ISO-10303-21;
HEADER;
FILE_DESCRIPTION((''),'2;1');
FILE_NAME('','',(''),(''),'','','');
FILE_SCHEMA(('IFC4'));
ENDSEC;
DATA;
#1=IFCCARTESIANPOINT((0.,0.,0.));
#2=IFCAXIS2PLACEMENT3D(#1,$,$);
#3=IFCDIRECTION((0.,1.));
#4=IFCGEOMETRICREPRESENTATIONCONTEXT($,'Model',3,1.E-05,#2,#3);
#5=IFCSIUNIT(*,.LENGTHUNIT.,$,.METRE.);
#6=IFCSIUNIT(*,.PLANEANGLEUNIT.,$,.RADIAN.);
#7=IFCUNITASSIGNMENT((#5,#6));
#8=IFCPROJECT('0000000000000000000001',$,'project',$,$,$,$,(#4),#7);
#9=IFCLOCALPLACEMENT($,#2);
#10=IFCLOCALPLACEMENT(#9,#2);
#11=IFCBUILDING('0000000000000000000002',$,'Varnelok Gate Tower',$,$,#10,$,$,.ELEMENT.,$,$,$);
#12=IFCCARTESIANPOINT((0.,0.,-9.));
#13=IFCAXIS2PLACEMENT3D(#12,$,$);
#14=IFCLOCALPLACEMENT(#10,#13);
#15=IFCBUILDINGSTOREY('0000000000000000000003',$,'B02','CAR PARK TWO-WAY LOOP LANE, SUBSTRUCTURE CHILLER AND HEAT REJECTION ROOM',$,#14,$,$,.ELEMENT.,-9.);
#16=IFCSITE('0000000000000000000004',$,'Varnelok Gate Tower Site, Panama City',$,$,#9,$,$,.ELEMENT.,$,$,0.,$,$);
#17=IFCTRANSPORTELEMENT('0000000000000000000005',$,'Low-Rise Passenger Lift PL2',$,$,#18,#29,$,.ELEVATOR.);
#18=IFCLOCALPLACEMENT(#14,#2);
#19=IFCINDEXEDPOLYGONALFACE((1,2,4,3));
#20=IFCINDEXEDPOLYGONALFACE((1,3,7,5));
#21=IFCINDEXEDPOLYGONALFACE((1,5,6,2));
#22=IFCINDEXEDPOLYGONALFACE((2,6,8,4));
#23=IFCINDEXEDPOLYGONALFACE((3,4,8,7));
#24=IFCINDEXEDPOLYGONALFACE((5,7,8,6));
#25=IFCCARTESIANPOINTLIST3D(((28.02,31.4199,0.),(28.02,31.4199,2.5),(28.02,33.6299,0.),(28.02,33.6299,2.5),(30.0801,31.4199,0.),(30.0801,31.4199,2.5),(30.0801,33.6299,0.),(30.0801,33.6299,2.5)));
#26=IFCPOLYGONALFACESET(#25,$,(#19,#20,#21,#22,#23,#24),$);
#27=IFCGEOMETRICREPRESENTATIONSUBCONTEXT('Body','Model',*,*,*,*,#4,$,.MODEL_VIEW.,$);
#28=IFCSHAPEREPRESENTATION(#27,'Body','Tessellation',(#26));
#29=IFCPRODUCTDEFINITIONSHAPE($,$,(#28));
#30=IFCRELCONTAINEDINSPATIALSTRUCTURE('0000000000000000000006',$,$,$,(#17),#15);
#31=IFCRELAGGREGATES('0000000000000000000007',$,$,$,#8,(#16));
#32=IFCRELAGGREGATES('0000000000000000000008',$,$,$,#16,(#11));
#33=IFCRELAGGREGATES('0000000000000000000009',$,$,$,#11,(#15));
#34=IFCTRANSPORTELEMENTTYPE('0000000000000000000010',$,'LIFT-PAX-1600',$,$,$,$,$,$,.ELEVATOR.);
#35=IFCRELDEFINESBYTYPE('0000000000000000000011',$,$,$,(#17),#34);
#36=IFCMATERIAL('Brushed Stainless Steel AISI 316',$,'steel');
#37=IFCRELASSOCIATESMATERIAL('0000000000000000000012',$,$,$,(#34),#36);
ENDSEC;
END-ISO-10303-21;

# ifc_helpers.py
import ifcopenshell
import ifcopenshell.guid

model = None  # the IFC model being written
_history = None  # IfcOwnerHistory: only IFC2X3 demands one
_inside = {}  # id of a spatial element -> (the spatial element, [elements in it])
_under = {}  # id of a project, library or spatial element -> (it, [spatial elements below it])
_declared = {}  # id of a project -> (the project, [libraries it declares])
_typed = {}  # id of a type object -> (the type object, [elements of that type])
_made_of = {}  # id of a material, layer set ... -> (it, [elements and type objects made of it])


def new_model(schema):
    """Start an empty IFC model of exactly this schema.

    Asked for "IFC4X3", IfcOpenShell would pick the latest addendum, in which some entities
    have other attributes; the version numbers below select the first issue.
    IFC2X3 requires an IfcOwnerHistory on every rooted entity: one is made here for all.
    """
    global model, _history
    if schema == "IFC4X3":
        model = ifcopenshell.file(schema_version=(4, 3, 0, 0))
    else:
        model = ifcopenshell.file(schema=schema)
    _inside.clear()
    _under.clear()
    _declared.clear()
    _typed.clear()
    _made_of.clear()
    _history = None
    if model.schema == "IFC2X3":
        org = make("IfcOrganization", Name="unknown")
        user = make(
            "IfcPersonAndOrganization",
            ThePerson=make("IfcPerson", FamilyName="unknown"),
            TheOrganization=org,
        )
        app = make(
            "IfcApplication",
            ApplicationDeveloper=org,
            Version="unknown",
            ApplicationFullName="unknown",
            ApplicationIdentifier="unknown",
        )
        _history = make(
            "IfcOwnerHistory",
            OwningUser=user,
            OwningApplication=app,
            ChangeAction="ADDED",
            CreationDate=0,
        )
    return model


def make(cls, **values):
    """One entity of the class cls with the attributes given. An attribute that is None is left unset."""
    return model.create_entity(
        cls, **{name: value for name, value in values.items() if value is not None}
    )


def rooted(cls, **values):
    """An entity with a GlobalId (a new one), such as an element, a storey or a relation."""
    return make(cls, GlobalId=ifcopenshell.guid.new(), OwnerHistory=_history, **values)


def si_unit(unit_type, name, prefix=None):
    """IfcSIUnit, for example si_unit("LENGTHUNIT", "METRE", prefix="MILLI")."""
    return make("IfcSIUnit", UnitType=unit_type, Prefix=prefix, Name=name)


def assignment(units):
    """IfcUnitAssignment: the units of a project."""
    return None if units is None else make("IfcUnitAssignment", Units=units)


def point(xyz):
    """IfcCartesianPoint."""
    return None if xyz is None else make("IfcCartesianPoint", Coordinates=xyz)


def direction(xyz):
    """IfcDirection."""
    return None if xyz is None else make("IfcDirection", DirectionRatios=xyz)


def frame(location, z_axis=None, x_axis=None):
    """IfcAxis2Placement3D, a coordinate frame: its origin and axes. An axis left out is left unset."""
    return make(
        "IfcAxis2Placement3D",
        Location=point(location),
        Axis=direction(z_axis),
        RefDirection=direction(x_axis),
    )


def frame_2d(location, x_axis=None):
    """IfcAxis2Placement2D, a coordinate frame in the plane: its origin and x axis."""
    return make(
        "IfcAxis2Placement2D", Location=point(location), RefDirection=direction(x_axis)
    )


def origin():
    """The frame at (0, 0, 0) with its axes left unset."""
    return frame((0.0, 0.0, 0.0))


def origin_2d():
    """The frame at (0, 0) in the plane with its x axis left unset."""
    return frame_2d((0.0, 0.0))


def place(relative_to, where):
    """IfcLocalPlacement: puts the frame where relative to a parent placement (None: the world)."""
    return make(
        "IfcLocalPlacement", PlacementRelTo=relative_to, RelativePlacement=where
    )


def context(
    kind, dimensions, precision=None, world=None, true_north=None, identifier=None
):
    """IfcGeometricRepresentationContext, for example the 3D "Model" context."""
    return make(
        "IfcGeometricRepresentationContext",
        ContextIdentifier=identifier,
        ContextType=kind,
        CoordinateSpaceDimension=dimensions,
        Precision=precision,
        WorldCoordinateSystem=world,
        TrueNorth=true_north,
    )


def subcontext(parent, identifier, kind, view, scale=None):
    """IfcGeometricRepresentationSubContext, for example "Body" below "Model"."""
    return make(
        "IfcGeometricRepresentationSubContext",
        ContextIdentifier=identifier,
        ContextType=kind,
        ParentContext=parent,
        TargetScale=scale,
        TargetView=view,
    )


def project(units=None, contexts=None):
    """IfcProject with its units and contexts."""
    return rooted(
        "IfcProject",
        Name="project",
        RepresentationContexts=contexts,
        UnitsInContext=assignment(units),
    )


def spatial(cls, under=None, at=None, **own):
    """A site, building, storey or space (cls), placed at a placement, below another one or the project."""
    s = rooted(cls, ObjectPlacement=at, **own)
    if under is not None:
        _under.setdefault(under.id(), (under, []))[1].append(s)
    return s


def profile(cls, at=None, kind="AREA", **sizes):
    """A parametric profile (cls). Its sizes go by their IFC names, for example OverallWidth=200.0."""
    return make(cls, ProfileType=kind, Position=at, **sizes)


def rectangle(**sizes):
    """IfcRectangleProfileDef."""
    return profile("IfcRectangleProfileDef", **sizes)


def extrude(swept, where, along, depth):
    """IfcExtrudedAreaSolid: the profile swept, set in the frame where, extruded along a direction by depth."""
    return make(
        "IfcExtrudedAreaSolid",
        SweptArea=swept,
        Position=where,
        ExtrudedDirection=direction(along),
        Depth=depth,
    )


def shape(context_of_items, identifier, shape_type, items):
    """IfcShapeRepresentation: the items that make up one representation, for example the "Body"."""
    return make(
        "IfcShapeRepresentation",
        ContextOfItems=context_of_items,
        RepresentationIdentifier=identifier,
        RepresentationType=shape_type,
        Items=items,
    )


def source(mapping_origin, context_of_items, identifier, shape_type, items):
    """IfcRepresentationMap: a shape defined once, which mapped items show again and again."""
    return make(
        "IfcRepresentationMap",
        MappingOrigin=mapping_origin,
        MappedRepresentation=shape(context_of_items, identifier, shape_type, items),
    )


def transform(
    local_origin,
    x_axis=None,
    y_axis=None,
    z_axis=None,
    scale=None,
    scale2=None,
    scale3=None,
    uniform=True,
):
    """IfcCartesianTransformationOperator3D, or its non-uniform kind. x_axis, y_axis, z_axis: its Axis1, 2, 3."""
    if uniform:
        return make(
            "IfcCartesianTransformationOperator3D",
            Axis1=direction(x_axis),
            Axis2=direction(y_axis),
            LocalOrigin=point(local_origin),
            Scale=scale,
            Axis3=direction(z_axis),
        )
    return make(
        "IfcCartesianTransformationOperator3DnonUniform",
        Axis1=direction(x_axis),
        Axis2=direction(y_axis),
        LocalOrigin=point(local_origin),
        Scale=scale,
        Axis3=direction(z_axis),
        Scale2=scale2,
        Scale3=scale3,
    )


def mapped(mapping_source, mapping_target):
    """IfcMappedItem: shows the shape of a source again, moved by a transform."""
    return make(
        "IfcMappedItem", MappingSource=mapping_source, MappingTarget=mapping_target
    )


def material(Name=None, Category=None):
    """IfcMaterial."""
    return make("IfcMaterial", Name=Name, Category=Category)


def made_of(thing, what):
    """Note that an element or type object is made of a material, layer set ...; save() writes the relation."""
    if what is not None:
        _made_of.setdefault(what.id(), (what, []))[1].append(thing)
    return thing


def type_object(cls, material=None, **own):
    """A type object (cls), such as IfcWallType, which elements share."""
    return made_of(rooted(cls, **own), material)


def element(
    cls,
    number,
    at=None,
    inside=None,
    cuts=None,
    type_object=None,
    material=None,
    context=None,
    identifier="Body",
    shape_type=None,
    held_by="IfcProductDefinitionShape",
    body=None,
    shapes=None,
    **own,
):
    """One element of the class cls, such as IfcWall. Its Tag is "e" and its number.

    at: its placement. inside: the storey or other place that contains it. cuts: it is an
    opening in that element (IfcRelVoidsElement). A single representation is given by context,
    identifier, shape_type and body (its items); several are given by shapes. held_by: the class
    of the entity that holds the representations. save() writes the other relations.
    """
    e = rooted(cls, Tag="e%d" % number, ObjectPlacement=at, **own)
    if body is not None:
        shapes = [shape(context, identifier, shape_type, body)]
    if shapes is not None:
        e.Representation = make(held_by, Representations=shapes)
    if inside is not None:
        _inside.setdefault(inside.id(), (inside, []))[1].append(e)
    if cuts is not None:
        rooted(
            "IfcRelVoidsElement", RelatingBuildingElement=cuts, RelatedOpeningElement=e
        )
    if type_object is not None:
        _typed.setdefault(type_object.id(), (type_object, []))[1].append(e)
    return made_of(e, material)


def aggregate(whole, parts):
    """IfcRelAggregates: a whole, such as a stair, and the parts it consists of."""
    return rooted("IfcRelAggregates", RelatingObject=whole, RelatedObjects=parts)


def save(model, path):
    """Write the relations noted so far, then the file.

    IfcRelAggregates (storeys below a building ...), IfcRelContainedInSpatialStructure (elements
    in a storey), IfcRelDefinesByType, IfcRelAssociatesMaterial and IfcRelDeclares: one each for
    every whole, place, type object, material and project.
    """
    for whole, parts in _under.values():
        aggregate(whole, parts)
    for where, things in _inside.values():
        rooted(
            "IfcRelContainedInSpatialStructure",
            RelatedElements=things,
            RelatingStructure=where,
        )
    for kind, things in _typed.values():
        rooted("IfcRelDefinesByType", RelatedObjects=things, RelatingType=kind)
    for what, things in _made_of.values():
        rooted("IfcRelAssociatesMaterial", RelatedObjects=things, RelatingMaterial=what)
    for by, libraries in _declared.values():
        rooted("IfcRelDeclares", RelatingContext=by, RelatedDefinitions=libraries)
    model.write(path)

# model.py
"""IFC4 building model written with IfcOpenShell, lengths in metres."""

from ifc_helpers import new_model, si_unit, direction, frame, origin, origin_2d, place, context, subcontext, project, spatial, rectangle, extrude, source, transform, mapped, material, type_object, element, save


model = new_model("IFC4")

# Units and contexts
model_context = context("Model", 3, precision=1e-05, world=origin(), true_north=direction((0.0, 1.0)))
body_context = subcontext(model_context, "Body", "Model", "MODEL_VIEW")
ifc_project = project(units=[si_unit("LENGTHUNIT", "METRE"), si_unit("PLANEANGLEUNIT", "RADIAN")], contexts=[model_context])

# Site, building, storey
site_placement = place(None, origin())
site = spatial("IfcSite", under=ifc_project, at=site_placement, Name="Varnelok Gate Tower Site, Panama City", CompositionType="ELEMENT", RefElevation=0.0)
building_placement = place(site_placement, origin())
building = spatial("IfcBuilding", under=site, at=building_placement, Name="Varnelok Gate Tower", CompositionType="ELEMENT")
storey_placement = place(building_placement, frame((0.0, 0.0, -9.0)))
storey = spatial("IfcBuildingStorey", under=building, at=storey_placement, Name="B02", Description="CAR PARK TWO-WAY LOOP LANE, SUBSTRUCTURE CHILLER AND HEAT REJECTION ROOM", CompositionType="ELEMENT", Elevation=-9.0)

# Shared definitions
ifc_material_1 = material(Name="Brushed Stainless Steel AISI 316", Category="steel")

# Transport element
transport_element_type = type_object("IfcTransportElementType", Name="LIFT-PAX-1600", PredefinedType="ELEVATOR", material=ifc_material_1)
shared_shape = source(origin(), body_context, "Body", "SweptSolid", [
    extrude(rectangle(XDim=2.0601, YDim=2.21, at=origin_2d()), origin(), (0.0, 0.0, 1.0), 2.5),
])
for number, where, z_axis, x_axis, name in (
    (1, (29.05, 32.5249, 0.0), (0.0, 0.0, 1.0), (1.0, 0.0, 0.0), "Low-Rise Passenger Lift PL2"),
):
    element("IfcTransportElement", number, at=place(storey_placement, frame(where, z_axis=z_axis, x_axis=x_axis)), inside=storey, type_object=transport_element_type, Name=name, PredefinedType="ELEVATOR", context=body_context, shape_type="MappedRepresentation", body=[
        mapped(shared_shape, transform((0.0, 0.0, 0.0), scale=1.0)),
    ])

save(model, "model.ifc")
